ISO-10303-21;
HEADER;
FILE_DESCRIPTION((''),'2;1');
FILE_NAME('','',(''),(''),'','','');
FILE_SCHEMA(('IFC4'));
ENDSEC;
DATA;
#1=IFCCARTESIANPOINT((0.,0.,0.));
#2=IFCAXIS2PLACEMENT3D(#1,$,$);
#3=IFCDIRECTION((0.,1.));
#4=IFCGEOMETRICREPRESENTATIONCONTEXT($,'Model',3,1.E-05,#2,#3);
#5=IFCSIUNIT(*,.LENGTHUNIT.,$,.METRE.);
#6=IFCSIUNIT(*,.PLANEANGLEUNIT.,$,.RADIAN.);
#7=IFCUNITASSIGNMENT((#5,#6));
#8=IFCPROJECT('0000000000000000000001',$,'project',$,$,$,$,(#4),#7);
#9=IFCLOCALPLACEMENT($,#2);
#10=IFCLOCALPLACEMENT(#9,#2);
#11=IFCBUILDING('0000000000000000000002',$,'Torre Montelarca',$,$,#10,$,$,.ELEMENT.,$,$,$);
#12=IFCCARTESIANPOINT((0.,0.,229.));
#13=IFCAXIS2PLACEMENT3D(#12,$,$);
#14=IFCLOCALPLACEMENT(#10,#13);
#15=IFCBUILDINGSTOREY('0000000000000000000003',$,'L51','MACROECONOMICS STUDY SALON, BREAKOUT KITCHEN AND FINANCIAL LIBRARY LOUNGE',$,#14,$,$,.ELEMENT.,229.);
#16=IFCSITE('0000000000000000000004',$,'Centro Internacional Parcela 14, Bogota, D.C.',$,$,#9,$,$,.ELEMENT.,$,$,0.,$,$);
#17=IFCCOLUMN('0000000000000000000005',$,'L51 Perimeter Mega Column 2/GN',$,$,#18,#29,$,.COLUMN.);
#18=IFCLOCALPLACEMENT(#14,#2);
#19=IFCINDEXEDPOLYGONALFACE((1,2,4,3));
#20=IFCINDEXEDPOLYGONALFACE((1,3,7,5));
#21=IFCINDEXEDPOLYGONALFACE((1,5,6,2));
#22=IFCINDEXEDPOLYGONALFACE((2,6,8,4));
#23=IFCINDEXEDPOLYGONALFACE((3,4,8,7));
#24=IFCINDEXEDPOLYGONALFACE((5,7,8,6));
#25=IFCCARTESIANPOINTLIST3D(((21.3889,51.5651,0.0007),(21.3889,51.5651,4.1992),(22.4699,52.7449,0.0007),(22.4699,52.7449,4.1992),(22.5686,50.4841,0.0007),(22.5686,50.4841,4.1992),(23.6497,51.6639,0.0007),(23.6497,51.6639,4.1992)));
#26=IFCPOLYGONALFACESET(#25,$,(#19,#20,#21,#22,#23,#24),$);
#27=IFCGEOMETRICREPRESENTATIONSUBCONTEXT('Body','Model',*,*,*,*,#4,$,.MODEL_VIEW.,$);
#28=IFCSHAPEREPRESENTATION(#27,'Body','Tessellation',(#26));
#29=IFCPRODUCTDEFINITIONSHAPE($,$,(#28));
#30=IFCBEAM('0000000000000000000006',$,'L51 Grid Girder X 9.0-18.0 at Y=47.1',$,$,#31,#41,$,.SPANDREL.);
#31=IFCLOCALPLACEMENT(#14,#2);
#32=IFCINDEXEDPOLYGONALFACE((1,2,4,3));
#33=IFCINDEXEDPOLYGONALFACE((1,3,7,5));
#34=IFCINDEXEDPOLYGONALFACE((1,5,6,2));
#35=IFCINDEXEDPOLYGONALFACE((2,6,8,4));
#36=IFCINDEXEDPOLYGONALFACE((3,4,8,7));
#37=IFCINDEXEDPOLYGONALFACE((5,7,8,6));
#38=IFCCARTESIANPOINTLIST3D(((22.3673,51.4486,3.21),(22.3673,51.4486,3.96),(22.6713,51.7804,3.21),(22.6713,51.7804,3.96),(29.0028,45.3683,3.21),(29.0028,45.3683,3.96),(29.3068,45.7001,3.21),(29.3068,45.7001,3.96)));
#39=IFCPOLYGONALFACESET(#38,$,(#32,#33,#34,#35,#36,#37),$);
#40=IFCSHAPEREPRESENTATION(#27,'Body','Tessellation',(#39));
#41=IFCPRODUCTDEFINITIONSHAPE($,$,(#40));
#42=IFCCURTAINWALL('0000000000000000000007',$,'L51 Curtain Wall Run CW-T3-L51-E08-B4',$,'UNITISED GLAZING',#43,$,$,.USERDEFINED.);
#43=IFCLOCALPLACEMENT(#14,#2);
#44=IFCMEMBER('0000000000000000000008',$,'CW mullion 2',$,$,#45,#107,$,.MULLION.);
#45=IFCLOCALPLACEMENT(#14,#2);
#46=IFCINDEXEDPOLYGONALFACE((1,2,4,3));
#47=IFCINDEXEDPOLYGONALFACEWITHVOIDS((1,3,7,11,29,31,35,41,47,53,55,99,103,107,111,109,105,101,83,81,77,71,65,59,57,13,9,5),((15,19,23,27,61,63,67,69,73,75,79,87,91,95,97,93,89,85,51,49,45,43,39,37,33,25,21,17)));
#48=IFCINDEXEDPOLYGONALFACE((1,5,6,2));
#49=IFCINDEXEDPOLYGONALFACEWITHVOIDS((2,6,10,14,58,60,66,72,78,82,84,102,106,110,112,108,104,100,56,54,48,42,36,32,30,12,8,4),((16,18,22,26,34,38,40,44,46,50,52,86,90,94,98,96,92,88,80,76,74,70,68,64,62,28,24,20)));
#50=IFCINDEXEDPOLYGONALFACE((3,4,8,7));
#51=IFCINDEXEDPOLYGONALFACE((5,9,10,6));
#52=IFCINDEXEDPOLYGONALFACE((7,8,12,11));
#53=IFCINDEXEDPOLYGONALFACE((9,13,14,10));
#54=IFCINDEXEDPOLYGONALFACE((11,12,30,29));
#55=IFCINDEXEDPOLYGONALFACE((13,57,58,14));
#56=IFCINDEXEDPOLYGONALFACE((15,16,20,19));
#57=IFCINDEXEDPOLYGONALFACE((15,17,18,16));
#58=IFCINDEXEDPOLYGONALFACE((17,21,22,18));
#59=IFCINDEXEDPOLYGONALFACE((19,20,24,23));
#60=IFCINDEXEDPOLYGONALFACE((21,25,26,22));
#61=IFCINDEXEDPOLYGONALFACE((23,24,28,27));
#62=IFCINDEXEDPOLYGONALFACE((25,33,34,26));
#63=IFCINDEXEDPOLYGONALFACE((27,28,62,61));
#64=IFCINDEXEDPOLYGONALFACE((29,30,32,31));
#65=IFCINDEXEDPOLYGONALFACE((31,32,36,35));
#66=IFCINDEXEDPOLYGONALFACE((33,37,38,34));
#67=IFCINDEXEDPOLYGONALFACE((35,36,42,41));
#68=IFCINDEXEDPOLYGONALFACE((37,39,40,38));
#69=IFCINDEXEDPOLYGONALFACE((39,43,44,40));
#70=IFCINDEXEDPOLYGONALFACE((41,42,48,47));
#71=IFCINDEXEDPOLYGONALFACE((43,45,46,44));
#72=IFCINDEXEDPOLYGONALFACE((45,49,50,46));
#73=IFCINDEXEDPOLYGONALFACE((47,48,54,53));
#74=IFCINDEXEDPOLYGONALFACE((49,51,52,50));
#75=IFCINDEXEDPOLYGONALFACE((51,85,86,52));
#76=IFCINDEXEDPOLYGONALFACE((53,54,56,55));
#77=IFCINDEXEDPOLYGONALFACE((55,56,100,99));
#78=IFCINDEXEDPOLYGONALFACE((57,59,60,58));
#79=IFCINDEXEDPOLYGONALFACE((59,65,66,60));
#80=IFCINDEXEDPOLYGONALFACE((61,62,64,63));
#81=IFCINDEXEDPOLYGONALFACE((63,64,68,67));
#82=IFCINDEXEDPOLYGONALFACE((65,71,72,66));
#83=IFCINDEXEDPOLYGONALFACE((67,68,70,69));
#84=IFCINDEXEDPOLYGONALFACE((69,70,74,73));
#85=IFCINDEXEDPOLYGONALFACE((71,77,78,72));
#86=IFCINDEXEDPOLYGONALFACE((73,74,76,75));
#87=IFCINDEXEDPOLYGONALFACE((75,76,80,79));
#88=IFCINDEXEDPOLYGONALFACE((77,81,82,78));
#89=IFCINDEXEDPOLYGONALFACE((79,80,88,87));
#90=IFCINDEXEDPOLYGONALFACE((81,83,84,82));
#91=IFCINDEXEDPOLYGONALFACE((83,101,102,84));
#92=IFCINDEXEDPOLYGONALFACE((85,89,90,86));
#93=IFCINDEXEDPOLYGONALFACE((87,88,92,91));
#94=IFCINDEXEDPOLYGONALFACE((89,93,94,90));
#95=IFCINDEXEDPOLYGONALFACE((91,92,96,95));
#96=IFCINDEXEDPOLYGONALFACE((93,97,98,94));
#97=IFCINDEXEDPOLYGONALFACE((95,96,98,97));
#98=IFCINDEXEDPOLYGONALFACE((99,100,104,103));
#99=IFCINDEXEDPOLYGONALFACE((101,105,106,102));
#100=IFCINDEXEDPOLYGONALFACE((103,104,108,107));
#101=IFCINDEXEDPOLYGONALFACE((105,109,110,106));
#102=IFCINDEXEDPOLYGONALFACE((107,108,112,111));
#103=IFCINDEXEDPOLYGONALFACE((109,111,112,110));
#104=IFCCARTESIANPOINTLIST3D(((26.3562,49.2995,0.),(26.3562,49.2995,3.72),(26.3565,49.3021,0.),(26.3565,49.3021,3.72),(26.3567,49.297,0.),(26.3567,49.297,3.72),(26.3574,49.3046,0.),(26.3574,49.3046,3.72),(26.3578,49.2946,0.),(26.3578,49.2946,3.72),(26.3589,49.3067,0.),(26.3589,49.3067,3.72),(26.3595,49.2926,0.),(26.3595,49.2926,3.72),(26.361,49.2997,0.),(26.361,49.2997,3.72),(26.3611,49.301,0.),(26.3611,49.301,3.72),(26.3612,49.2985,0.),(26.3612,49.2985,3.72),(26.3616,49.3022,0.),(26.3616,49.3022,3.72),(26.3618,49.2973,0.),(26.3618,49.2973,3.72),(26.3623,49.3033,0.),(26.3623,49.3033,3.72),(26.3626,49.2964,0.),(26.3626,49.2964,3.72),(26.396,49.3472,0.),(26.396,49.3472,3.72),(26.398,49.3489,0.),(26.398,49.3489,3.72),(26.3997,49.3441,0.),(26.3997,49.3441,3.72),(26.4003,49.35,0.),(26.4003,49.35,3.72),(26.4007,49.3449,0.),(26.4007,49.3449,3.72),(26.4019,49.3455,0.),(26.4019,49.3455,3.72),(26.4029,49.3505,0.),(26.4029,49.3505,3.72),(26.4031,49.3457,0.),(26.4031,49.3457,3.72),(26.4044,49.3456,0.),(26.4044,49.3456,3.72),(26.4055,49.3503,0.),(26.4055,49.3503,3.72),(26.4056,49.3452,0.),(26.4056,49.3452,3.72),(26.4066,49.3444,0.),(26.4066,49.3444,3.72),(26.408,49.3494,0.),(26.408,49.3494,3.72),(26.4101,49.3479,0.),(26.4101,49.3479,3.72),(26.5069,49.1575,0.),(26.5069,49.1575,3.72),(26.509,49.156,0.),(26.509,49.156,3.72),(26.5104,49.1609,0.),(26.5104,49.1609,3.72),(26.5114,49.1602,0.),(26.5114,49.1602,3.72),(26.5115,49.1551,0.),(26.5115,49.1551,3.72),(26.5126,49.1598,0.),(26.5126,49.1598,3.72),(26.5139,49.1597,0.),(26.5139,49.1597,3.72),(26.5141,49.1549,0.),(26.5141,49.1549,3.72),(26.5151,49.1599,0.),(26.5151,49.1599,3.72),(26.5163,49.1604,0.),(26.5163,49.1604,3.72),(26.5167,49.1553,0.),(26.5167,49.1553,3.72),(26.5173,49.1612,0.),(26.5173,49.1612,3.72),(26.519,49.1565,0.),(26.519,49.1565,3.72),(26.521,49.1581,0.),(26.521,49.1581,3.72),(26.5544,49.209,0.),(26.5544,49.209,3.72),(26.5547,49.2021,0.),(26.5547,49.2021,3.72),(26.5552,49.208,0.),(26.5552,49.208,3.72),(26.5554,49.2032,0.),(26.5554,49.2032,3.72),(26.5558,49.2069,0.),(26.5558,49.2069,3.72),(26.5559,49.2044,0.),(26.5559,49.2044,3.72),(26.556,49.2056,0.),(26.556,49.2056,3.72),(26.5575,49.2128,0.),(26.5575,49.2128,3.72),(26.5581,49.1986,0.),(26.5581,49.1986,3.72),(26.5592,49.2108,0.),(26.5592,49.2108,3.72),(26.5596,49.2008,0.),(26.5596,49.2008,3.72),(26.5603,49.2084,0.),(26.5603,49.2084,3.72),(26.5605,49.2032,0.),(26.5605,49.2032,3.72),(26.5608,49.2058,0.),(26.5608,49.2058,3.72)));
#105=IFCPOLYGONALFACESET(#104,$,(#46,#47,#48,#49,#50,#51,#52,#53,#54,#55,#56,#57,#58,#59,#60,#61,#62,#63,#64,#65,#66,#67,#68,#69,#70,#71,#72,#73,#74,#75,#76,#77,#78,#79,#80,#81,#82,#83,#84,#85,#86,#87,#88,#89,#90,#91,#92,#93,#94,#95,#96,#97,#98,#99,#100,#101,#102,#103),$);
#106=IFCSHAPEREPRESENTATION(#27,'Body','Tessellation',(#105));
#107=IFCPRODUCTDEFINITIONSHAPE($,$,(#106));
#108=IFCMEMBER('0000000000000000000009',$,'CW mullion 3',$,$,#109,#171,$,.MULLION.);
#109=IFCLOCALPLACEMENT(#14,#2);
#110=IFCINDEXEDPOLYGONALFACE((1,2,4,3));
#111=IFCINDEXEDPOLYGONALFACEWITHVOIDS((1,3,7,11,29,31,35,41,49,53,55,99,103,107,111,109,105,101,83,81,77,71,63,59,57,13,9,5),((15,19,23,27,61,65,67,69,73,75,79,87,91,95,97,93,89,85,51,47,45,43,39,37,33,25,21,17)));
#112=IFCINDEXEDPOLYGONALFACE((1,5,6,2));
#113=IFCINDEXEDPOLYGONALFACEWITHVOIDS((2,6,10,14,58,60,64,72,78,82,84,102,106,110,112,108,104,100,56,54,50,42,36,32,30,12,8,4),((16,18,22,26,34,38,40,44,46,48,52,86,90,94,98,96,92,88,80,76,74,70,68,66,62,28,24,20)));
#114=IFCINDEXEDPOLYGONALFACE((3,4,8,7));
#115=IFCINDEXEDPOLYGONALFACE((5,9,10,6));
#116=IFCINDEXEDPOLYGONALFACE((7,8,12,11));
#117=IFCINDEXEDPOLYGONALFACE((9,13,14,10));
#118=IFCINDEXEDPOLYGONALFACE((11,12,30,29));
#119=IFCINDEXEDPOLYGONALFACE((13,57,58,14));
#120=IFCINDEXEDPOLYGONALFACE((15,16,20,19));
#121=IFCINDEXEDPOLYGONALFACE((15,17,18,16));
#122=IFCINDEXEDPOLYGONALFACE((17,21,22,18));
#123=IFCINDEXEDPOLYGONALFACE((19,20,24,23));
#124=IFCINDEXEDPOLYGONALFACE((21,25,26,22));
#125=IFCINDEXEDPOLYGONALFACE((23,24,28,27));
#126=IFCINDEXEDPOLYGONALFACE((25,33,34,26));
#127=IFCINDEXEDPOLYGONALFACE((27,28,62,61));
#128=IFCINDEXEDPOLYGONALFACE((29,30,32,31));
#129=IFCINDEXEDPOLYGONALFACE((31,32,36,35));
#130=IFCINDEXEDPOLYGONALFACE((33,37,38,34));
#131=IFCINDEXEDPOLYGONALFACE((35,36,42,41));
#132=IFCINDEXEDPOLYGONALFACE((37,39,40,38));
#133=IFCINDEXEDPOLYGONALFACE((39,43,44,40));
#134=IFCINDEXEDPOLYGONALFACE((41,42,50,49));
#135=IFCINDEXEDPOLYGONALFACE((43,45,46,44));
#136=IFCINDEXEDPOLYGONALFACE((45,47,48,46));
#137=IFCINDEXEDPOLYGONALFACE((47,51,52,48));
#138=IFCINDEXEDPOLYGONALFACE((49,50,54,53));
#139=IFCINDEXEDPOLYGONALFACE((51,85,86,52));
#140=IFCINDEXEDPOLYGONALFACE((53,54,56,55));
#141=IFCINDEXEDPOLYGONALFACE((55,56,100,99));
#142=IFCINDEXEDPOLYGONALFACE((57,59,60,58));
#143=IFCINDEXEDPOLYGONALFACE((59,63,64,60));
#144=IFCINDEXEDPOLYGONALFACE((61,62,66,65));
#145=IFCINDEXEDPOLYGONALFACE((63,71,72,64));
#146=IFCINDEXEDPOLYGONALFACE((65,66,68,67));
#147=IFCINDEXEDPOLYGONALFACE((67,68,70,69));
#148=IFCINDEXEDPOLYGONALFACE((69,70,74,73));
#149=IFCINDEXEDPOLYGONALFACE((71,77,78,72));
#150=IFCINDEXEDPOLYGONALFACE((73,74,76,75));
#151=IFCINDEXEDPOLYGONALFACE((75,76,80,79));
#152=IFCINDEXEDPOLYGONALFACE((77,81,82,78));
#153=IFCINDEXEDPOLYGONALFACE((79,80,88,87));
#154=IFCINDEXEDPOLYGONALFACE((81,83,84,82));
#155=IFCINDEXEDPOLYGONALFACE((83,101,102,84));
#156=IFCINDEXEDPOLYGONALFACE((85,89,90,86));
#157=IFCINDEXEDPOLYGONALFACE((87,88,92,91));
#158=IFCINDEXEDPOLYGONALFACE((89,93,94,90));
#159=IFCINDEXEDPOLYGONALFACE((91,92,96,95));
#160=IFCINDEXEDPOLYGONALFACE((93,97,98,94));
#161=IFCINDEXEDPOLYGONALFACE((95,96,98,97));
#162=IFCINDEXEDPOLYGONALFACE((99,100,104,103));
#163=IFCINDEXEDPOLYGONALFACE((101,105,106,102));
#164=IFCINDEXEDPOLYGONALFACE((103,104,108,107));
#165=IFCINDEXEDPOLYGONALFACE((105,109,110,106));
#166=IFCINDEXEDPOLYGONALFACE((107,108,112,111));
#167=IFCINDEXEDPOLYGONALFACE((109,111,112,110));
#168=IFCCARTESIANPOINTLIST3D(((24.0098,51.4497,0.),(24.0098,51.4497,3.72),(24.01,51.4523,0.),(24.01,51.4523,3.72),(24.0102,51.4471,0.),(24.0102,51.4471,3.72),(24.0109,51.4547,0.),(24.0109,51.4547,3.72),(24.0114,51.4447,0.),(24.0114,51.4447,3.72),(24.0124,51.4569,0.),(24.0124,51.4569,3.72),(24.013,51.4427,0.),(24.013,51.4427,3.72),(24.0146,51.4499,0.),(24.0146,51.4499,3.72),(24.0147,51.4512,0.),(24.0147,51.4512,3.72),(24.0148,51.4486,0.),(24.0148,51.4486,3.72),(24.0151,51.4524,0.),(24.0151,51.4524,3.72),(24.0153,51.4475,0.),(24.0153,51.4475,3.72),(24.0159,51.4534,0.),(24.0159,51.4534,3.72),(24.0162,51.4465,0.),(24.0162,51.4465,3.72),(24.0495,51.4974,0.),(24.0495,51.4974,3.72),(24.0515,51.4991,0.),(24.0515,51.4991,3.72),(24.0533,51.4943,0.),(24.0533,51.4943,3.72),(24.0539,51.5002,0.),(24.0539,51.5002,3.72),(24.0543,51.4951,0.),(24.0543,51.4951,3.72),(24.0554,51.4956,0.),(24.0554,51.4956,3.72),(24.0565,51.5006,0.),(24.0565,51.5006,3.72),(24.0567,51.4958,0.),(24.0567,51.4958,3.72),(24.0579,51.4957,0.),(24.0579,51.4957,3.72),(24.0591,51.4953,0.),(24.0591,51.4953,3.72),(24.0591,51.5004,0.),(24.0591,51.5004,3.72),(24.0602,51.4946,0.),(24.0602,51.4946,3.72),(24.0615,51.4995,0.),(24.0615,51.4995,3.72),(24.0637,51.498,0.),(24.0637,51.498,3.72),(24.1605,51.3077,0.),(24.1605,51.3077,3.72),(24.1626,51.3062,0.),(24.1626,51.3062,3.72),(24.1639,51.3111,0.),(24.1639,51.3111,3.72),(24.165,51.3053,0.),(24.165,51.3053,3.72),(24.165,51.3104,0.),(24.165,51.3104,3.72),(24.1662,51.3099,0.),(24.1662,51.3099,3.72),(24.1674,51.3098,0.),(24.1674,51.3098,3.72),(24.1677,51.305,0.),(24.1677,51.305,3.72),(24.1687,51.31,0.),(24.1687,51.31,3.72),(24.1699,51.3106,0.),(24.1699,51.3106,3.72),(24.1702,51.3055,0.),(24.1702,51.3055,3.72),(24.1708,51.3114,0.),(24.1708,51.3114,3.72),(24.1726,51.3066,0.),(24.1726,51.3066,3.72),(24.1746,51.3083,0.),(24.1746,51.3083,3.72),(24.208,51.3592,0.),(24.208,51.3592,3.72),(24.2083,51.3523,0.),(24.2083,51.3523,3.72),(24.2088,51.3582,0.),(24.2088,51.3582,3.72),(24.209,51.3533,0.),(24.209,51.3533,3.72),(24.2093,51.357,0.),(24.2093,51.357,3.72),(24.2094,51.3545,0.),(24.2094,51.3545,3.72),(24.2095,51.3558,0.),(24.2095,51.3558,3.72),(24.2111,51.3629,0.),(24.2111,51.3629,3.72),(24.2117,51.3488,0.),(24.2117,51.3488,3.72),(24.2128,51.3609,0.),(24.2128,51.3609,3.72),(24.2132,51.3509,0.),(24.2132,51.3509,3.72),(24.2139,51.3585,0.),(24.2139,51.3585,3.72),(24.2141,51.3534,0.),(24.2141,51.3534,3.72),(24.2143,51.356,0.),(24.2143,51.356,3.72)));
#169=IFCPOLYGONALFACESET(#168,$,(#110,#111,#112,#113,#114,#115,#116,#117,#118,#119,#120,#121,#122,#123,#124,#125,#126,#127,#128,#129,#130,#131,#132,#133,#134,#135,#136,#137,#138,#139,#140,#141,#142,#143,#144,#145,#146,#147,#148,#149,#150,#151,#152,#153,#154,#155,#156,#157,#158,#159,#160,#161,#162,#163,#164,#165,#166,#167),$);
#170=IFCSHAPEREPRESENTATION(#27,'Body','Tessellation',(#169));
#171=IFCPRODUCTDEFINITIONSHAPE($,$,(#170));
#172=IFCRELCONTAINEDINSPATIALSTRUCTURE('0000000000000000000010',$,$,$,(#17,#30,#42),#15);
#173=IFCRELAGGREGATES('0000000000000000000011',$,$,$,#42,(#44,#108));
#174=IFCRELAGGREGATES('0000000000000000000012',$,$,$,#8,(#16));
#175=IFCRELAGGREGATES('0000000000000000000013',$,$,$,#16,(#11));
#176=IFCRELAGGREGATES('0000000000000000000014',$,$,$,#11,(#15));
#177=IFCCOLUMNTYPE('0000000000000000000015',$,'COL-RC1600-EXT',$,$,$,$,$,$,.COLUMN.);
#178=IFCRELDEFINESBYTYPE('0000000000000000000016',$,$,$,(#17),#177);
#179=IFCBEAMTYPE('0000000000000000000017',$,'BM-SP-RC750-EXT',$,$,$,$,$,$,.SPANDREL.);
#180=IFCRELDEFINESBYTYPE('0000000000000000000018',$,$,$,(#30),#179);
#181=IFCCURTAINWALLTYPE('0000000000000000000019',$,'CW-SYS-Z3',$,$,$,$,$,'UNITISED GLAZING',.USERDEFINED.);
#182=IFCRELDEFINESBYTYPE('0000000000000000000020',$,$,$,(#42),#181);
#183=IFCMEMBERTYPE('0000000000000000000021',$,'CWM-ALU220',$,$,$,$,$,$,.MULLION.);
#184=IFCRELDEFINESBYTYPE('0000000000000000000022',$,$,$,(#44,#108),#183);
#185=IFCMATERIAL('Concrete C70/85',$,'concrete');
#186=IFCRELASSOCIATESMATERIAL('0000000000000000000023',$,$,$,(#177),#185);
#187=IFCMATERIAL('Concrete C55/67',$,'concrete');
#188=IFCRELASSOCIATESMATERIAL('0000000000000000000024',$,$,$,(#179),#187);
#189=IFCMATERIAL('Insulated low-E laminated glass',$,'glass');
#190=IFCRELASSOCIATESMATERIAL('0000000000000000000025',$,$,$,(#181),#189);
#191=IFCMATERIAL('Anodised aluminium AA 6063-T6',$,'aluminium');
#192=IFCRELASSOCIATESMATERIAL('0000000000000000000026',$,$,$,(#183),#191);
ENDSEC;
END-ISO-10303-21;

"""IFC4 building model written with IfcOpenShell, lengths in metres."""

from ifc_helpers import new_model, si_unit, direction, frame, origin, origin_2d, place, context, subcontext, project, spatial, rectangle, hollow_rectangle, extrude, source, transform, mapped, material, material_profile, profile_set, type_object, element, aggregate, save


model = new_model("IFC4")

# Units and contexts
model_context = context("Model", 3, precision=1e-05, world=origin(), true_north=direction((0.0, 1.0)))
body_context = subcontext(model_context, "Body", "Model", "MODEL_VIEW")
ifc_project = project(units=[si_unit("LENGTHUNIT", "METRE"), si_unit("PLANEANGLEUNIT", "RADIAN")], contexts=[model_context])

# Site, building, storey
site_placement = place(None, origin())
site = spatial("IfcSite", under=ifc_project, at=site_placement, Name="Centro Internacional Parcela 14, Bogota, D.C.", CompositionType="ELEMENT", RefElevation=0.0)
building_placement = place(site_placement, origin())
building = spatial("IfcBuilding", under=site, at=building_placement, Name="Torre Montelarca", CompositionType="ELEMENT")
storey_placement = place(building_placement, frame((0.0, 0.0, 229.0)))
storey = spatial("IfcBuildingStorey", under=building, at=storey_placement, Name="L51", Description="MACROECONOMICS STUDY SALON, BREAKOUT KITCHEN AND FINANCIAL LIBRARY LOUNGE", CompositionType="ELEMENT", Elevation=229.0)

# Column
ifc_material_1 = material(Name="Concrete C70/85", Category="concrete")
ifc_material_profile_1 = material_profile(ifc_material_1, rectangle(XDim=1.6001, YDim=1.6001, at=origin_2d()), Name="RC1600X1600", Category="concrete")
ifc_profile_set_1 = profile_set([ifc_material_profile_1], Name="Concrete C70/85")
column_type = type_object("IfcColumnType", Name="COL-RC1600-EXT", PredefinedType="COLUMN", material=ifc_profile_set_1)
shared_shape_1 = source(origin(), body_context, "Body", "SweptSolid", [
    extrude(rectangle(XDim=1.6001, YDim=1.6001, at=origin_2d()), origin(), (0.0, 0.0, 1.0), 4.1985),
])
column_placement = place(storey_placement, frame((22.5193, 51.6145, 0.0007), z_axis=(0.0, 0.0, 1.0), x_axis=(-0.737277, 0.67559, 0.0)))
element("IfcColumn", 1, at=column_placement, inside=storey, type_object=column_type, Name="L51 Perimeter Mega Column 2/GN", PredefinedType="COLUMN", context=body_context, shape_type="MappedRepresentation", body=[
    mapped(shared_shape_1, transform((0.0, 0.0, 0.0), scale=1.0)),
])

# Beam
ifc_material_2 = material(Name="Concrete C55/67", Category="concrete")
ifc_material_profile_2 = material_profile(ifc_material_2, rectangle(XDim=0.45, YDim=0.75, at=origin_2d()), Name="RCB450X750", Category="concrete")
ifc_profile_set_2 = profile_set([ifc_material_profile_2], Name="Concrete C55/67")
beam_type = type_object("IfcBeamType", Name="BM-SP-RC750-EXT", PredefinedType="SPANDREL", material=ifc_profile_set_2)
shared_shape_2 = source(origin(), body_context, "Body", "SweptSolid", [
    extrude(rectangle(XDim=0.45, YDim=0.75, at=origin_2d()), origin(), (0.0, 0.0, 1.0), 9.0),
])
beam_placement = place(storey_placement, frame((22.5193, 51.6145, 3.585), z_axis=(0.737277, -0.675591, 0.0), x_axis=(0.675591, 0.737277, 0.0)))
element("IfcBeam", 2, at=beam_placement, inside=storey, type_object=beam_type, Name="L51 Grid Girder X 9.0-18.0 at Y=47.1", PredefinedType="SPANDREL", context=body_context, shape_type="MappedRepresentation", body=[
    mapped(shared_shape_2, transform((0.0, 0.0, 0.0), scale=1.0)),
])

# Curtain wall, members
ifc_material_3 = material(Name="Insulated low-E laminated glass", Category="glass")
curtain_wall_type = type_object("IfcCurtainWallType", Name="CW-SYS-Z3", ElementType="UNITISED GLAZING", PredefinedType="USERDEFINED", material=ifc_material_3)
curtain_wall_1_placement = place(storey_placement, origin())
curtain_wall_1 = element("IfcCurtainWall", 3, at=curtain_wall_1_placement, inside=storey, type_object=curtain_wall_type, Name="L51 Curtain Wall Run CW-T3-L51-E08-B4", ObjectType="UNITISED GLAZING", PredefinedType="USERDEFINED")
ifc_material_4 = material(Name="Anodised aluminium AA 6063-T6", Category="aluminium")
ifc_material_profile_3 = material_profile(ifc_material_4, hollow_rectangle(XDim=0.075, YDim=0.22, WallThickness=0.0049, InnerFilletRadius=0.0049, OuterFilletRadius=0.01, at=origin_2d()), Name="ALU75X220X5", Category="aluminium")
ifc_profile_set_3 = profile_set([ifc_material_profile_3], Name="Anodised aluminium AA 6063-T6")
member_type_1 = type_object("IfcMemberType", Name="CWM-ALU220", PredefinedType="MULLION", material=ifc_profile_set_3)
shared_shape_3 = source(origin(), body_context, "Body", "SweptSolid", [
    extrude(hollow_rectangle(XDim=0.075, YDim=0.22, WallThickness=0.0049, InnerFilletRadius=0.0049, OuterFilletRadius=0.01, at=origin_2d()), origin(), (0.0, 0.0, 1.0), 3.72),
])
member_1_placement = place(storey_placement, frame((26.4585, 49.2527, 0.0), z_axis=(0.0, 0.0, 1.0), x_axis=(-0.675588, -0.73728, 0.0)))
member_1 = element("IfcMember", 4, at=member_1_placement, type_object=member_type_1, Name="CW mullion 2", PredefinedType="MULLION", context=body_context, shape_type="MappedRepresentation", body=[
    mapped(shared_shape_3, transform((0.0, 0.0, 0.0), scale=1.0)),
])
member_2_placement = place(storey_placement, frame((24.1121, 51.4028, 0.0), z_axis=(0.0, 0.0, 1.0), x_axis=(-0.675588, -0.73728, 0.0)))
member_2 = element("IfcMember", 5, at=member_2_placement, type_object=member_type_1, Name="CW mullion 3", PredefinedType="MULLION", context=body_context, shape_type="MappedRepresentation", body=[
    mapped(shared_shape_3, transform((0.0, 0.0, 0.0), scale=1.0)),
])

aggregate(curtain_wall_1, [member_1, member_2])

save(model, "model.ifc")
